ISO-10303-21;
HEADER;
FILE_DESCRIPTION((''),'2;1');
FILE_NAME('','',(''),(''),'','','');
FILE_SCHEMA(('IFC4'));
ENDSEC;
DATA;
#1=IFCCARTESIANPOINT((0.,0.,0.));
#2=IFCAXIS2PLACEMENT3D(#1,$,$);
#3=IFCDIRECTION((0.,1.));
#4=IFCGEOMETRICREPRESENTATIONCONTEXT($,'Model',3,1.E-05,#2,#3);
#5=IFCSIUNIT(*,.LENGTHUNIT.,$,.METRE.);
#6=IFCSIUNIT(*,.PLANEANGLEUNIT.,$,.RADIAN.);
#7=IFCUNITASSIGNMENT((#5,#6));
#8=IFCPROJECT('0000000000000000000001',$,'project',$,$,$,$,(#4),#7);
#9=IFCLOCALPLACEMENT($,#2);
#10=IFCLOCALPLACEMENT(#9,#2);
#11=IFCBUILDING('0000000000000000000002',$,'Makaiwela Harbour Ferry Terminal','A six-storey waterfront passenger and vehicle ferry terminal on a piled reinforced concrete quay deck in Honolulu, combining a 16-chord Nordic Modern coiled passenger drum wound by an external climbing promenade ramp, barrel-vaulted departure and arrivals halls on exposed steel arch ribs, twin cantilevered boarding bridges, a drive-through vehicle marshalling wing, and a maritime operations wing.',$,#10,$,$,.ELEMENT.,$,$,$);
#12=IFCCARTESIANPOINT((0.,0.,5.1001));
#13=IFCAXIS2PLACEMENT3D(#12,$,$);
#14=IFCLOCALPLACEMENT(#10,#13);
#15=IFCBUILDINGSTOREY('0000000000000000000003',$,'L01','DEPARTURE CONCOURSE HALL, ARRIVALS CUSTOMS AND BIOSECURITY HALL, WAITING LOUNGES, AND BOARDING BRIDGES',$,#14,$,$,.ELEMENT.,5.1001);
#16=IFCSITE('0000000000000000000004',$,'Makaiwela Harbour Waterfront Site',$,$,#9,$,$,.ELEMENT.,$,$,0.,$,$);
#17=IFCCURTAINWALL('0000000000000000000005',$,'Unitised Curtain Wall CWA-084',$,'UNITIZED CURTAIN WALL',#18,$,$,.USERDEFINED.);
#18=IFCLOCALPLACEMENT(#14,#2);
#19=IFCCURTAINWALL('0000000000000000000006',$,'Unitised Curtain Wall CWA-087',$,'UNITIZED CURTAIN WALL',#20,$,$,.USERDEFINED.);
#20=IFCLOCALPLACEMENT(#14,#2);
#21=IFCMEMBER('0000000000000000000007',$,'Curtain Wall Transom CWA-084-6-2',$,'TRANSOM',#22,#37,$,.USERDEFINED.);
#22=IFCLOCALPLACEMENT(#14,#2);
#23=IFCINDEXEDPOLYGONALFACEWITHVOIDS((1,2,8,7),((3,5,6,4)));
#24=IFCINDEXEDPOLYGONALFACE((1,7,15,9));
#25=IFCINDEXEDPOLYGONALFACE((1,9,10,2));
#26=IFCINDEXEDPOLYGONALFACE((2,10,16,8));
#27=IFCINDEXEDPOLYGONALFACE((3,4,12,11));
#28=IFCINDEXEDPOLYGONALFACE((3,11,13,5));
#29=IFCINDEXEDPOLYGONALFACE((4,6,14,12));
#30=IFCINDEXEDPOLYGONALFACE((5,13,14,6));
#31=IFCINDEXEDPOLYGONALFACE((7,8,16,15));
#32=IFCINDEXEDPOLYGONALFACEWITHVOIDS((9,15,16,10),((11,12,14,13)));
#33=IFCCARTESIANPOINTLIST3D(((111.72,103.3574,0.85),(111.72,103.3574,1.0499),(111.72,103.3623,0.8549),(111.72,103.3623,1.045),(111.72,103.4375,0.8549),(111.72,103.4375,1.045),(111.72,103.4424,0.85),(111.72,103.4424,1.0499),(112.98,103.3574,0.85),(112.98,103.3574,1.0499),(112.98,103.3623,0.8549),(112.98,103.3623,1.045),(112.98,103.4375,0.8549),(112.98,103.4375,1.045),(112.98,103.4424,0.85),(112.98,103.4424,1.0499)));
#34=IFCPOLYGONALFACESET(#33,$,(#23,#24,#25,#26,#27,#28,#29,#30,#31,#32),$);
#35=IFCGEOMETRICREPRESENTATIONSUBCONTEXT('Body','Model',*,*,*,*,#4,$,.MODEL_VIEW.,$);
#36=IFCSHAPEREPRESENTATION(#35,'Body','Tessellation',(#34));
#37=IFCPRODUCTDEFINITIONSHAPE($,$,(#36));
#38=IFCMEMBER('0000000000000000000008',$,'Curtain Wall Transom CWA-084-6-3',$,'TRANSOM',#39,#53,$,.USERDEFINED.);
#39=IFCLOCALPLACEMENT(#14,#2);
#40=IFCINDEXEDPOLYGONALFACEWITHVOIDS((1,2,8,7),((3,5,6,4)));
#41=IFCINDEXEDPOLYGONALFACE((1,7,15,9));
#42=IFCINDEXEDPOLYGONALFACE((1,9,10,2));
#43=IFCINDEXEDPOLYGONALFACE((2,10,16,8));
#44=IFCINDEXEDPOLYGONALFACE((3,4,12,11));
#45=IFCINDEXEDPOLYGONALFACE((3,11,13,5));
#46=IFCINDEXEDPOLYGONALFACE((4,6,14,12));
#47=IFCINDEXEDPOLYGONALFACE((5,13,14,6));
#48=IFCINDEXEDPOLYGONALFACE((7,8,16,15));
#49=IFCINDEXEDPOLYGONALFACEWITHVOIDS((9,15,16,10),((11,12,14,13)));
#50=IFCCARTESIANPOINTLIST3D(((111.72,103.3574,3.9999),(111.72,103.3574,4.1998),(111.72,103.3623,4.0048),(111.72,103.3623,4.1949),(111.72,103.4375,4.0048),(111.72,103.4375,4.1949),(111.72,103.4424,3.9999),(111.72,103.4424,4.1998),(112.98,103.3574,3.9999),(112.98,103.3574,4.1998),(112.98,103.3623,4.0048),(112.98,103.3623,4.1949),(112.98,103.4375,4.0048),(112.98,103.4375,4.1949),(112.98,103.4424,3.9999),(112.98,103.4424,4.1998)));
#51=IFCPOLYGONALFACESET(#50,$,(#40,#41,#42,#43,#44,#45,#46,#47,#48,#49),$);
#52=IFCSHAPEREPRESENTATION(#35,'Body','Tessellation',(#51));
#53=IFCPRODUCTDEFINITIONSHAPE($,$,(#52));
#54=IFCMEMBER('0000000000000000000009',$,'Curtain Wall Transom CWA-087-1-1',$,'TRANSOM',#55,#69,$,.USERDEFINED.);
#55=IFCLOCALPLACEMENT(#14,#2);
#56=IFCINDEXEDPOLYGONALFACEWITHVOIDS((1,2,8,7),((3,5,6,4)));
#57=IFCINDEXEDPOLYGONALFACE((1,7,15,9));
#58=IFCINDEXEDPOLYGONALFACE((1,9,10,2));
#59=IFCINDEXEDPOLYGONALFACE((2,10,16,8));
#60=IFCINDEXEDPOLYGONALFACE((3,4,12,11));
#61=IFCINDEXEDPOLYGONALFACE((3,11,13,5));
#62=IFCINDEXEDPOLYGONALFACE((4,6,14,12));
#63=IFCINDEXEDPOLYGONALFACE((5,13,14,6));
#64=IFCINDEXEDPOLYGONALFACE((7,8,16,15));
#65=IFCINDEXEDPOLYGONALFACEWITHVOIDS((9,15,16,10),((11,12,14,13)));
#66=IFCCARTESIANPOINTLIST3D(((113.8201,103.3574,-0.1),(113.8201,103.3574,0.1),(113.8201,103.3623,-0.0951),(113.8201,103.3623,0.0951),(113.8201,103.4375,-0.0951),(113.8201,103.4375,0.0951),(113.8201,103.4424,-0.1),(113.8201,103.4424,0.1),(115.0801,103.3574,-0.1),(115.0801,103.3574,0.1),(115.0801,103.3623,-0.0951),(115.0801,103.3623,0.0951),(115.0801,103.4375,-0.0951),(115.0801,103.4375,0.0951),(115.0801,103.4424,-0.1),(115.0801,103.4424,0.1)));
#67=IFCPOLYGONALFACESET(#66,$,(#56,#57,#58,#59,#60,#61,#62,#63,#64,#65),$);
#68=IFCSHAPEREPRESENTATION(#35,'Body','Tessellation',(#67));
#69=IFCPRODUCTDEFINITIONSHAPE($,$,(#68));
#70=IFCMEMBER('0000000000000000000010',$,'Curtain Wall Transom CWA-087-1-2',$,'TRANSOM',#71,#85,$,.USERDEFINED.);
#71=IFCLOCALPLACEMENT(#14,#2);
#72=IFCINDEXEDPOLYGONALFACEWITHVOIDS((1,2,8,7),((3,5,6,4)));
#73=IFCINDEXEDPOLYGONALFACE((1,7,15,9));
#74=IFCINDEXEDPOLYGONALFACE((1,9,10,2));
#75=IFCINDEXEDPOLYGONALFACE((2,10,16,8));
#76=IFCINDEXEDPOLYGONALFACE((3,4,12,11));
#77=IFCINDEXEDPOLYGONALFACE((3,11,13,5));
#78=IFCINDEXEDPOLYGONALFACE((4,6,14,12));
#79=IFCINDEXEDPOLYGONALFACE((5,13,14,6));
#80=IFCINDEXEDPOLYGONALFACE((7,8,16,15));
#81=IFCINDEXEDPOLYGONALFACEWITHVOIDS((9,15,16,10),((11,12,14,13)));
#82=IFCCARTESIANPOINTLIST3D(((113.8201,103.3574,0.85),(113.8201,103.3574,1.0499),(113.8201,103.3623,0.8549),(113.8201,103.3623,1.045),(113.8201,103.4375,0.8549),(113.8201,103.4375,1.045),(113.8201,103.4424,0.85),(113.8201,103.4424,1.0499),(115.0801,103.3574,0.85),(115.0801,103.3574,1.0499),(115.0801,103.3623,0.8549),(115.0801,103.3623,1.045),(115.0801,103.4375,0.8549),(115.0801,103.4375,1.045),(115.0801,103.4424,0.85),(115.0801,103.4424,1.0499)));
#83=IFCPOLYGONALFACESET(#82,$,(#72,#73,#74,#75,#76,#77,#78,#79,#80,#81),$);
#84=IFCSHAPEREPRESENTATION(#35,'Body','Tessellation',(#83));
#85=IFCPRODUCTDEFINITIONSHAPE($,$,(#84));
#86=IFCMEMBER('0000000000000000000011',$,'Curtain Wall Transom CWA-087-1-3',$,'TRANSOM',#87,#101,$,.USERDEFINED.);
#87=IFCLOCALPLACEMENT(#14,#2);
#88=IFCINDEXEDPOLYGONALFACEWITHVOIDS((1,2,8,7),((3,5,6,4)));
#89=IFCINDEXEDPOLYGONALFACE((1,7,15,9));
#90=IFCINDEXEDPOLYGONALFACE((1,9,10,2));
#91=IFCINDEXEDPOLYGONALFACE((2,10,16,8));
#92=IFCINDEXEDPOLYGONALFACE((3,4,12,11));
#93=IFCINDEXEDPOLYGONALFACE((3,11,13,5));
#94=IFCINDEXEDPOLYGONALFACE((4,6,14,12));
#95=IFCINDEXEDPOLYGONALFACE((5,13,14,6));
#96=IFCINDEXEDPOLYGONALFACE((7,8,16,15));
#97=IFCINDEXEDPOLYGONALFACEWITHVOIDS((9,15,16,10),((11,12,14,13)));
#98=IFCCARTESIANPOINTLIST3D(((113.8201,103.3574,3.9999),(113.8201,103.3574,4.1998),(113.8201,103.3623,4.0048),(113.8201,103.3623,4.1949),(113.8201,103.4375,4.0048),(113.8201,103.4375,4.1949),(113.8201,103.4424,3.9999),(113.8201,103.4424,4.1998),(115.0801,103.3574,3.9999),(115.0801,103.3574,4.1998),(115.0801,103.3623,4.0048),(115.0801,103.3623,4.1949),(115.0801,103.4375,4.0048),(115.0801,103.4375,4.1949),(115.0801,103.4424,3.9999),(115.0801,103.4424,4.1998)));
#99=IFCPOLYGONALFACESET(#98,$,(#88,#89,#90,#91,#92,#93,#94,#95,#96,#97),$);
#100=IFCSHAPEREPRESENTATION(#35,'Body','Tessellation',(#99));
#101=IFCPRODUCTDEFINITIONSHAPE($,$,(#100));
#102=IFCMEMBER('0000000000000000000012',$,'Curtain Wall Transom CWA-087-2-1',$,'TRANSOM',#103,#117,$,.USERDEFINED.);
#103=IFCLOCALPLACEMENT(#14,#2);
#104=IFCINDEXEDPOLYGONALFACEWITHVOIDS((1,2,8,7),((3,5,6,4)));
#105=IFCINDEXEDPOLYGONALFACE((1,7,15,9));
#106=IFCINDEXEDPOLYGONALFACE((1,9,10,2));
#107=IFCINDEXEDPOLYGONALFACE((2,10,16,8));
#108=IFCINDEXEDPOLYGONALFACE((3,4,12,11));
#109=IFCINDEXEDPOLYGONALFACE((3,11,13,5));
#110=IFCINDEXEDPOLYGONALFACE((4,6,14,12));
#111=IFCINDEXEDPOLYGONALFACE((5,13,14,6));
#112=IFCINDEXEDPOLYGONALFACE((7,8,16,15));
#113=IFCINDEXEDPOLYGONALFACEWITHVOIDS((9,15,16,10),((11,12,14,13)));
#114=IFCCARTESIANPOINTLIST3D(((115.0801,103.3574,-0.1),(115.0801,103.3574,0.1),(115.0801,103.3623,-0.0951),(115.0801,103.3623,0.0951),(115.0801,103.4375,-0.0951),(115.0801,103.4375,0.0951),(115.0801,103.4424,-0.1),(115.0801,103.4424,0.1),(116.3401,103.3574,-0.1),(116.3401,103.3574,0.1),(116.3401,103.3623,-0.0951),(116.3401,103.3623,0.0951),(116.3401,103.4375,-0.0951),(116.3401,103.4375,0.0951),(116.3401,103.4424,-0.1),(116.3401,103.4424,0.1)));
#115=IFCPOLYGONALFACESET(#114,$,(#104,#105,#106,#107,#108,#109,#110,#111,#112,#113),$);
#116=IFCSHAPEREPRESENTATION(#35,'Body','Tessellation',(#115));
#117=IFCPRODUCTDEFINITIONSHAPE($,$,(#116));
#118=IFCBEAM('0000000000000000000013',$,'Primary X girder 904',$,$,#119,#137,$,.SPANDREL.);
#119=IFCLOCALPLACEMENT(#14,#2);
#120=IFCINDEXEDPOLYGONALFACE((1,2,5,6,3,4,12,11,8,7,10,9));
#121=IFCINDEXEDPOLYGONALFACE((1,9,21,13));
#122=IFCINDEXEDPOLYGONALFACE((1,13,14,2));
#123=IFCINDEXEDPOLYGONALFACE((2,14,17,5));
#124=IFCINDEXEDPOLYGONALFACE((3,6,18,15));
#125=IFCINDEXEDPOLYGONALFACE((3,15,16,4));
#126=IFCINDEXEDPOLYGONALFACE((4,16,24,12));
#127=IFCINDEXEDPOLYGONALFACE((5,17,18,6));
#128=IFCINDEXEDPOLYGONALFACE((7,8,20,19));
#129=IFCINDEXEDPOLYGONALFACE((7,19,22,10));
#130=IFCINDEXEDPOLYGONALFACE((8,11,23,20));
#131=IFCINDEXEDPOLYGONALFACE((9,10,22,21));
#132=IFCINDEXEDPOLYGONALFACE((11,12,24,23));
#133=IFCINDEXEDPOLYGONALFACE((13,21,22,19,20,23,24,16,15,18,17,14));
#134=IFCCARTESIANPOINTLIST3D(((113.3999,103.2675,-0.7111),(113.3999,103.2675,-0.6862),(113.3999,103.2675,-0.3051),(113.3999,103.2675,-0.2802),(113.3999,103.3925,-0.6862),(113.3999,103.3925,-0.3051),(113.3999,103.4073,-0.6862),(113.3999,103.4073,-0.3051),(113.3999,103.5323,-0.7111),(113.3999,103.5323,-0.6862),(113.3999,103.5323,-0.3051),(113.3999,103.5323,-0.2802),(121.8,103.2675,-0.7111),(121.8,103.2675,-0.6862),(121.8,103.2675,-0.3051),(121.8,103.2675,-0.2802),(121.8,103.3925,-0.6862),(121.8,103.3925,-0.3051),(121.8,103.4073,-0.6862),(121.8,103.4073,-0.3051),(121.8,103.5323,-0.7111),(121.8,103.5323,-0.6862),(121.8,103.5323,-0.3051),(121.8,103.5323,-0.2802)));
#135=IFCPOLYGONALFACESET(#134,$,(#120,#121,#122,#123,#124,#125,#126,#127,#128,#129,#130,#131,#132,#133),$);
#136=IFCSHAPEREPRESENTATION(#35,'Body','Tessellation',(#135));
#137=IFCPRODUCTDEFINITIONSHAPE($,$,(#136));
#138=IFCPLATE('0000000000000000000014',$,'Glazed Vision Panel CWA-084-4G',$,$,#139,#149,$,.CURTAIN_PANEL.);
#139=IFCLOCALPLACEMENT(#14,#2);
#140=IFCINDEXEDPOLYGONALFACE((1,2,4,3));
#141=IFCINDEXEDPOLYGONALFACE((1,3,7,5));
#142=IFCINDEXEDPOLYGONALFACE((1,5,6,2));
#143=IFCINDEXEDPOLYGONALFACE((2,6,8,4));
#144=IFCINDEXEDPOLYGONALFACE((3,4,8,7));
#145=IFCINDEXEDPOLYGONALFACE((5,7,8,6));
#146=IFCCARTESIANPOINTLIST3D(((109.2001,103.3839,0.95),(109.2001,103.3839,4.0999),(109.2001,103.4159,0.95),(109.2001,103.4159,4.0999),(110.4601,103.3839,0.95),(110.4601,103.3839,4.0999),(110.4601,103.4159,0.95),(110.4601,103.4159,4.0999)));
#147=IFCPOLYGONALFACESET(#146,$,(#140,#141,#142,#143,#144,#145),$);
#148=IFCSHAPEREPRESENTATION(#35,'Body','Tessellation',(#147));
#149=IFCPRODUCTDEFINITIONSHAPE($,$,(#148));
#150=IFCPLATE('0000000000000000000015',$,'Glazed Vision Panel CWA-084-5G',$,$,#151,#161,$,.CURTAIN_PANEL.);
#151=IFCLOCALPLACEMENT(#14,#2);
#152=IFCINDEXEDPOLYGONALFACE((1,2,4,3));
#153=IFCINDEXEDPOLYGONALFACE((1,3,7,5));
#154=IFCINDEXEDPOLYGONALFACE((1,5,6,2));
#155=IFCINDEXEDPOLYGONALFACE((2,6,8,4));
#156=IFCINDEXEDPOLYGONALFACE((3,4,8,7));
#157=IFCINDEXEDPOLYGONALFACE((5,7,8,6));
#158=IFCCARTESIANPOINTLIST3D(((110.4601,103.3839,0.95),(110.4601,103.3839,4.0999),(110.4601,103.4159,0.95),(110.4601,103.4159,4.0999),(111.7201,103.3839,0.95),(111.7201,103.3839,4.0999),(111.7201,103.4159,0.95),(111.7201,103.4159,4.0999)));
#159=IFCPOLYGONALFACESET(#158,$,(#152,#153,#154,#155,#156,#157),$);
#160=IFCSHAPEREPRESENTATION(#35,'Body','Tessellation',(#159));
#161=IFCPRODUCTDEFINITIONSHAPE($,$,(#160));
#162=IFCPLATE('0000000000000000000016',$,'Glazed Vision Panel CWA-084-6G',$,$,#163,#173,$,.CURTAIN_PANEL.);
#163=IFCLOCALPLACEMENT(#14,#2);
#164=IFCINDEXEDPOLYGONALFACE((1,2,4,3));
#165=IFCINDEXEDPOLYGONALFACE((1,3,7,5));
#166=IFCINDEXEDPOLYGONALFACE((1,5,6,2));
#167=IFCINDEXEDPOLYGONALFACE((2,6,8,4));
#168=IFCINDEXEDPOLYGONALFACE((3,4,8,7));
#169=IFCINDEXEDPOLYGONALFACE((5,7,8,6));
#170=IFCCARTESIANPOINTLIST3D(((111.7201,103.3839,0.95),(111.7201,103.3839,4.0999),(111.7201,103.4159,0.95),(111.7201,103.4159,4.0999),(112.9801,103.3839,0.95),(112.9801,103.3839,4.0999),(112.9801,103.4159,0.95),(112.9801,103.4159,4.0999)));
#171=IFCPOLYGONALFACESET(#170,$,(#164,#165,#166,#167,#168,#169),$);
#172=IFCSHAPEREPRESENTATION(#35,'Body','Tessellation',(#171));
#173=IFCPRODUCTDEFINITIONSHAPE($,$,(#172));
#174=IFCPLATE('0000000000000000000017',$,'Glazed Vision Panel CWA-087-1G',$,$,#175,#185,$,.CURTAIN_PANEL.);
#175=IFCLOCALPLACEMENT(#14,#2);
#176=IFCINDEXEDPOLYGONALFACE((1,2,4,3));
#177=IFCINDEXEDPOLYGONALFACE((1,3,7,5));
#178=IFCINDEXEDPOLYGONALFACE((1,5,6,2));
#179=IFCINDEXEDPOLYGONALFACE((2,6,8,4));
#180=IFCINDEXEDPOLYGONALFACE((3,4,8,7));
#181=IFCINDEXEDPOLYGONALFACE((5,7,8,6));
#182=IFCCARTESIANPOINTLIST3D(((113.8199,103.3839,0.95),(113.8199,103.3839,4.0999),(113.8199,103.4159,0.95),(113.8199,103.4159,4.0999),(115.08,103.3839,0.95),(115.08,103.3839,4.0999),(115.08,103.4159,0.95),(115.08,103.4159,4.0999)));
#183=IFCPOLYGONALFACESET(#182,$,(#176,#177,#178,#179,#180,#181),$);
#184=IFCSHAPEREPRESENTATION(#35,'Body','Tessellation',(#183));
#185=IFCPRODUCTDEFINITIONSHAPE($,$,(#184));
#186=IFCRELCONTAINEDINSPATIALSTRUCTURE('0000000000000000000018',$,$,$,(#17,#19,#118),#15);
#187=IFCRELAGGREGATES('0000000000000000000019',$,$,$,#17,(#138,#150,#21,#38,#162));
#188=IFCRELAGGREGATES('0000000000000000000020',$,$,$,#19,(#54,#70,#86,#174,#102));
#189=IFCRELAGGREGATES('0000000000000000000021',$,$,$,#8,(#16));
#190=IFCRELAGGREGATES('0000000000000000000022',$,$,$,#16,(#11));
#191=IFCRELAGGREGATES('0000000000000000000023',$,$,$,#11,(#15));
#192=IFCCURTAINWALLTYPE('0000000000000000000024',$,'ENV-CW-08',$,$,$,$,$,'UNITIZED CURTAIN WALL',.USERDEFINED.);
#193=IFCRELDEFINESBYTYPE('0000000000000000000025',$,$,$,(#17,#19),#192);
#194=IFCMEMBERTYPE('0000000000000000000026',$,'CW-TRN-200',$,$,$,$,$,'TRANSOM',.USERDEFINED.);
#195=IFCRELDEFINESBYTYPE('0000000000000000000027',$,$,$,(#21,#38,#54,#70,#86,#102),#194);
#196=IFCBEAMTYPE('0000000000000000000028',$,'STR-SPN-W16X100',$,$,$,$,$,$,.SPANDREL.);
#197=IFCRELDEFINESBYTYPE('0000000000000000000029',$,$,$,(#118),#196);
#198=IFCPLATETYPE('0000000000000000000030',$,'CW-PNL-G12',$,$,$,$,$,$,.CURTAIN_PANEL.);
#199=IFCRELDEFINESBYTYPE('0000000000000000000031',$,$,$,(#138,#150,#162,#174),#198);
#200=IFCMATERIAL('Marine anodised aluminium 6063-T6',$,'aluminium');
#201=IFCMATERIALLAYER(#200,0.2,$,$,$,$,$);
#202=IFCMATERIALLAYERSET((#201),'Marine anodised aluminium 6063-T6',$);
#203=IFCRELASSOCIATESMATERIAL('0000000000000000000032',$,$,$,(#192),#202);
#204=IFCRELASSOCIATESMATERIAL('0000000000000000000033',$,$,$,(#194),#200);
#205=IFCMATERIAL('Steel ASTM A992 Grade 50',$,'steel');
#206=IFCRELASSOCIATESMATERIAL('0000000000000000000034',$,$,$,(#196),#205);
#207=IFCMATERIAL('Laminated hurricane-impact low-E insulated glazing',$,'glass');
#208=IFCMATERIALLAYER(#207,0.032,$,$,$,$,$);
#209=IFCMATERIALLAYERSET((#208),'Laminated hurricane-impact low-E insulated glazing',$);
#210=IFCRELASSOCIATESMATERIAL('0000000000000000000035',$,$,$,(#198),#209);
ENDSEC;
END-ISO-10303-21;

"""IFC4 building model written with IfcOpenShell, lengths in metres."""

from ifc_helpers import new_model, si_unit, direction, frame, origin, origin_2d, place, context, subcontext, project, spatial, rectangle, hollow_rectangle, i_section, extrude, material, layer, layer_set, material_profile, profile_set, type_object, element, aggregate, save


model = new_model("IFC4")

# Units and contexts
model_context = context("Model", 3, precision=1e-05, world=origin(), true_north=direction((0.0, 1.0)))
body_context = subcontext(model_context, "Body", "Model", "MODEL_VIEW")
ifc_project = project(units=[si_unit("LENGTHUNIT", "METRE"), si_unit("PLANEANGLEUNIT", "RADIAN")], contexts=[model_context])

# Site, building, storey
site_placement = place(None, origin())
site = spatial("IfcSite", under=ifc_project, at=site_placement, Name="Makaiwela Harbour Waterfront Site", CompositionType="ELEMENT", RefElevation=0.0)
building_placement = place(site_placement, origin())
building = spatial("IfcBuilding", under=site, at=building_placement, Name="Makaiwela Harbour Ferry Terminal", Description="A six-storey waterfront passenger and vehicle ferry terminal on a piled reinforced concrete quay deck in Honolulu, combining a 16-chord Nordic Modern coiled passenger drum wound by an external climbing promenade ramp, barrel-vaulted departure and arrivals halls on exposed steel arch ribs, twin cantilevered boarding bridges, a drive-through vehicle marshalling wing, and a maritime operations wing.", CompositionType="ELEMENT")
storey_placement = place(building_placement, frame((0.0, 0.0, 5.1001)))
storey = spatial("IfcBuildingStorey", under=building, at=storey_placement, Name="L01", Description="DEPARTURE CONCOURSE HALL, ARRIVALS CUSTOMS AND BIOSECURITY HALL, WAITING LOUNGES, AND BOARDING BRIDGES", CompositionType="ELEMENT", Elevation=5.1001)

# Shared definitions
ifc_material_1 = material(Name="Steel ASTM A992 Grade 50", Category="steel")

# Curtain walls
ifc_material_2 = material(Name="Marine anodised aluminium 6063-T6", Category="aluminium")
ifc_layer_1 = layer(ifc_material_2, 0.2)
ifc_layer_set_1 = layer_set([ifc_layer_1], Name="Marine anodised aluminium 6063-T6")
curtain_wall_type = type_object("IfcCurtainWallType", Name="ENV-CW-08", ElementType="UNITIZED CURTAIN WALL", PredefinedType="USERDEFINED", material=ifc_layer_set_1)
curtain_wall_1_placement = place(storey_placement, origin())
curtain_wall_1 = element("IfcCurtainWall", 1, at=curtain_wall_1_placement, inside=storey, type_object=curtain_wall_type, Name="Unitised Curtain Wall CWA-084", ObjectType="UNITIZED CURTAIN WALL", PredefinedType="USERDEFINED")
curtain_wall_2_placement = place(storey_placement, origin())
curtain_wall_2 = element("IfcCurtainWall", 2, at=curtain_wall_2_placement, inside=storey, type_object=curtain_wall_type, Name="Unitised Curtain Wall CWA-087", ObjectType="UNITIZED CURTAIN WALL", PredefinedType="USERDEFINED")

# Members
ifc_material_profile_1 = material_profile(ifc_material_2, hollow_rectangle(XDim=0.085, YDim=0.2, WallThickness=0.0049, at=origin_2d()), Name="CWT-200X85")
ifc_profile_set_1 = profile_set([ifc_material_profile_1], Name="Marine anodised aluminium 6063-T6")
member_type_1 = type_object("IfcMemberType", Name="CW-TRN-200", ElementType="TRANSOM", PredefinedType="USERDEFINED", material=ifc_profile_set_1)
member_1_placement = place(storey_placement, frame((111.72, 103.3999, 0.95), z_axis=(1.0, 0.0, 0.0), x_axis=(0.0, 1.0, 0.0)))
member_1 = element("IfcMember", 3, at=member_1_placement, type_object=member_type_1, Name="Curtain Wall Transom CWA-084-6-2", ObjectType="TRANSOM", PredefinedType="USERDEFINED", context=body_context, shape_type="SweptSolid", body=[
    extrude(hollow_rectangle(XDim=0.085, YDim=0.2, WallThickness=0.0049, at=origin_2d()), origin(), (0.0, 0.0, 1.0), 1.26),
])
member_2_placement = place(storey_placement, frame((111.72, 103.3999, 4.0999), z_axis=(1.0, 0.0, 0.0), x_axis=(0.0, 1.0, 0.0)))
member_2 = element("IfcMember", 4, at=member_2_placement, type_object=member_type_1, Name="Curtain Wall Transom CWA-084-6-3", ObjectType="TRANSOM", PredefinedType="USERDEFINED", context=body_context, shape_type="SweptSolid", body=[
    extrude(hollow_rectangle(XDim=0.085, YDim=0.2, WallThickness=0.0049, at=origin_2d()), origin(), (0.0, 0.0, 1.0), 1.26),
])
member_3_placement = place(storey_placement, frame((113.8201, 103.3999, 0.0), z_axis=(1.0, 0.0, 0.0), x_axis=(0.0, 1.0, 0.0)))
member_3 = element("IfcMember", 5, at=member_3_placement, type_object=member_type_1, Name="Curtain Wall Transom CWA-087-1-1", ObjectType="TRANSOM", PredefinedType="USERDEFINED", context=body_context, shape_type="SweptSolid", body=[
    extrude(hollow_rectangle(XDim=0.085, YDim=0.2, WallThickness=0.0049, at=origin_2d()), origin(), (0.0, 0.0, 1.0), 1.26),
])
member_4_placement = place(storey_placement, frame((113.8201, 103.3999, 0.95), z_axis=(1.0, 0.0, 0.0), x_axis=(0.0, 1.0, 0.0)))
member_4 = element("IfcMember", 6, at=member_4_placement, type_object=member_type_1, Name="Curtain Wall Transom CWA-087-1-2", ObjectType="TRANSOM", PredefinedType="USERDEFINED", context=body_context, shape_type="SweptSolid", body=[
    extrude(hollow_rectangle(XDim=0.085, YDim=0.2, WallThickness=0.0049, at=origin_2d()), origin(), (0.0, 0.0, 1.0), 1.26),
])
member_5_placement = place(storey_placement, frame((113.8201, 103.3999, 4.0999), z_axis=(1.0, 0.0, 0.0), x_axis=(0.0, 1.0, 0.0)))
member_5 = element("IfcMember", 7, at=member_5_placement, type_object=member_type_1, Name="Curtain Wall Transom CWA-087-1-3", ObjectType="TRANSOM", PredefinedType="USERDEFINED", context=body_context, shape_type="SweptSolid", body=[
    extrude(hollow_rectangle(XDim=0.085, YDim=0.2, WallThickness=0.0049, at=origin_2d()), origin(), (0.0, 0.0, 1.0), 1.26),
])
member_6_placement = place(storey_placement, frame((115.0801, 103.3999, 0.0), z_axis=(1.0, 0.0, 0.0), x_axis=(0.0, 1.0, 0.0)))
member_6 = element("IfcMember", 8, at=member_6_placement, type_object=member_type_1, Name="Curtain Wall Transom CWA-087-2-1", ObjectType="TRANSOM", PredefinedType="USERDEFINED", context=body_context, shape_type="SweptSolid", body=[
    extrude(hollow_rectangle(XDim=0.085, YDim=0.2, WallThickness=0.0049, at=origin_2d()), origin(), (0.0, 0.0, 1.0), 1.26),
])

# Beam
ifc_material_profile_2 = material_profile(ifc_material_1, i_section(OverallWidth=0.2649, OverallDepth=0.4309, WebThickness=0.0149, FlangeThickness=0.0249, at=origin_2d()), Name="W16X100")
ifc_profile_set_2 = profile_set([ifc_material_profile_2], Name="Steel ASTM A992 Grade 50")
beam_type = type_object("IfcBeamType", Name="STR-SPN-W16X100", PredefinedType="SPANDREL", material=ifc_profile_set_2)
beam_placement = place(storey_placement, frame((113.3999, 103.3999, -0.4956), z_axis=(1.0, 0.0, 0.0), x_axis=(0.0, 1.0, 0.0)))
element("IfcBeam", 9, at=beam_placement, inside=storey, type_object=beam_type, Name="Primary X girder 904", PredefinedType="SPANDREL", context=body_context, shape_type="SweptSolid", body=[
    extrude(i_section(OverallWidth=0.2649, OverallDepth=0.4309, WebThickness=0.0149, FlangeThickness=0.0249, at=origin_2d()), origin(), (0.0, 0.0, 1.0), 8.4001),
])

# Plates
ifc_material_3 = material(Name="Laminated hurricane-impact low-E insulated glazing", Category="glass")
ifc_layer_2 = layer(ifc_material_3, 0.032)
ifc_layer_set_2 = layer_set([ifc_layer_2], Name="Laminated hurricane-impact low-E insulated glazing")
plate_type_1 = type_object("IfcPlateType", Name="CW-PNL-G12", PredefinedType="CURTAIN_PANEL", material=ifc_layer_set_2)
plate_1_placement = place(storey_placement, frame((109.8301, 103.3999, 0.95), z_axis=(0.0, 0.0, 1.0), x_axis=(1.0, 0.0, 0.0)))
plate_1 = element("IfcPlate", 10, at=plate_1_placement, type_object=plate_type_1, Name="Glazed Vision Panel CWA-084-4G", PredefinedType="CURTAIN_PANEL", context=body_context, shape_type="SweptSolid", body=[
    extrude(rectangle(XDim=1.26, YDim=0.032, at=origin_2d()), origin(), (0.0, 0.0, 1.0), 3.1499),
])
plate_2_placement = place(storey_placement, frame((111.0901, 103.3999, 0.95), z_axis=(0.0, 0.0, 1.0), x_axis=(1.0, 0.0, 0.0)))
plate_2 = element("IfcPlate", 11, at=plate_2_placement, type_object=plate_type_1, Name="Glazed Vision Panel CWA-084-5G", PredefinedType="CURTAIN_PANEL", context=body_context, shape_type="SweptSolid", body=[
    extrude(rectangle(XDim=1.26, YDim=0.032, at=origin_2d()), origin(), (0.0, 0.0, 1.0), 3.1499),
])
plate_3_placement = place(storey_placement, frame((112.3501, 103.3999, 0.95), z_axis=(0.0, 0.0, 1.0), x_axis=(1.0, 0.0, 0.0)))
plate_3 = element("IfcPlate", 12, at=plate_3_placement, type_object=plate_type_1, Name="Glazed Vision Panel CWA-084-6G", PredefinedType="CURTAIN_PANEL", context=body_context, shape_type="SweptSolid", body=[
    extrude(rectangle(XDim=1.26, YDim=0.032, at=origin_2d()), origin(), (0.0, 0.0, 1.0), 3.1499),
])
plate_4_placement = place(storey_placement, frame((114.45, 103.3999, 0.95), z_axis=(0.0, 0.0, 1.0), x_axis=(1.0, 0.0, 0.0)))
plate_4 = element("IfcPlate", 13, at=plate_4_placement, type_object=plate_type_1, Name="Glazed Vision Panel CWA-087-1G", PredefinedType="CURTAIN_PANEL", context=body_context, shape_type="SweptSolid", body=[
    extrude(rectangle(XDim=1.26, YDim=0.032, at=origin_2d()), origin(), (0.0, 0.0, 1.0), 3.1499),
])
aggregate(curtain_wall_1, [plate_1, plate_2, member_1, member_2, plate_3])
aggregate(curtain_wall_2, [member_3, member_4, member_5, plate_4, member_6])

save(model, "model.ifc")
